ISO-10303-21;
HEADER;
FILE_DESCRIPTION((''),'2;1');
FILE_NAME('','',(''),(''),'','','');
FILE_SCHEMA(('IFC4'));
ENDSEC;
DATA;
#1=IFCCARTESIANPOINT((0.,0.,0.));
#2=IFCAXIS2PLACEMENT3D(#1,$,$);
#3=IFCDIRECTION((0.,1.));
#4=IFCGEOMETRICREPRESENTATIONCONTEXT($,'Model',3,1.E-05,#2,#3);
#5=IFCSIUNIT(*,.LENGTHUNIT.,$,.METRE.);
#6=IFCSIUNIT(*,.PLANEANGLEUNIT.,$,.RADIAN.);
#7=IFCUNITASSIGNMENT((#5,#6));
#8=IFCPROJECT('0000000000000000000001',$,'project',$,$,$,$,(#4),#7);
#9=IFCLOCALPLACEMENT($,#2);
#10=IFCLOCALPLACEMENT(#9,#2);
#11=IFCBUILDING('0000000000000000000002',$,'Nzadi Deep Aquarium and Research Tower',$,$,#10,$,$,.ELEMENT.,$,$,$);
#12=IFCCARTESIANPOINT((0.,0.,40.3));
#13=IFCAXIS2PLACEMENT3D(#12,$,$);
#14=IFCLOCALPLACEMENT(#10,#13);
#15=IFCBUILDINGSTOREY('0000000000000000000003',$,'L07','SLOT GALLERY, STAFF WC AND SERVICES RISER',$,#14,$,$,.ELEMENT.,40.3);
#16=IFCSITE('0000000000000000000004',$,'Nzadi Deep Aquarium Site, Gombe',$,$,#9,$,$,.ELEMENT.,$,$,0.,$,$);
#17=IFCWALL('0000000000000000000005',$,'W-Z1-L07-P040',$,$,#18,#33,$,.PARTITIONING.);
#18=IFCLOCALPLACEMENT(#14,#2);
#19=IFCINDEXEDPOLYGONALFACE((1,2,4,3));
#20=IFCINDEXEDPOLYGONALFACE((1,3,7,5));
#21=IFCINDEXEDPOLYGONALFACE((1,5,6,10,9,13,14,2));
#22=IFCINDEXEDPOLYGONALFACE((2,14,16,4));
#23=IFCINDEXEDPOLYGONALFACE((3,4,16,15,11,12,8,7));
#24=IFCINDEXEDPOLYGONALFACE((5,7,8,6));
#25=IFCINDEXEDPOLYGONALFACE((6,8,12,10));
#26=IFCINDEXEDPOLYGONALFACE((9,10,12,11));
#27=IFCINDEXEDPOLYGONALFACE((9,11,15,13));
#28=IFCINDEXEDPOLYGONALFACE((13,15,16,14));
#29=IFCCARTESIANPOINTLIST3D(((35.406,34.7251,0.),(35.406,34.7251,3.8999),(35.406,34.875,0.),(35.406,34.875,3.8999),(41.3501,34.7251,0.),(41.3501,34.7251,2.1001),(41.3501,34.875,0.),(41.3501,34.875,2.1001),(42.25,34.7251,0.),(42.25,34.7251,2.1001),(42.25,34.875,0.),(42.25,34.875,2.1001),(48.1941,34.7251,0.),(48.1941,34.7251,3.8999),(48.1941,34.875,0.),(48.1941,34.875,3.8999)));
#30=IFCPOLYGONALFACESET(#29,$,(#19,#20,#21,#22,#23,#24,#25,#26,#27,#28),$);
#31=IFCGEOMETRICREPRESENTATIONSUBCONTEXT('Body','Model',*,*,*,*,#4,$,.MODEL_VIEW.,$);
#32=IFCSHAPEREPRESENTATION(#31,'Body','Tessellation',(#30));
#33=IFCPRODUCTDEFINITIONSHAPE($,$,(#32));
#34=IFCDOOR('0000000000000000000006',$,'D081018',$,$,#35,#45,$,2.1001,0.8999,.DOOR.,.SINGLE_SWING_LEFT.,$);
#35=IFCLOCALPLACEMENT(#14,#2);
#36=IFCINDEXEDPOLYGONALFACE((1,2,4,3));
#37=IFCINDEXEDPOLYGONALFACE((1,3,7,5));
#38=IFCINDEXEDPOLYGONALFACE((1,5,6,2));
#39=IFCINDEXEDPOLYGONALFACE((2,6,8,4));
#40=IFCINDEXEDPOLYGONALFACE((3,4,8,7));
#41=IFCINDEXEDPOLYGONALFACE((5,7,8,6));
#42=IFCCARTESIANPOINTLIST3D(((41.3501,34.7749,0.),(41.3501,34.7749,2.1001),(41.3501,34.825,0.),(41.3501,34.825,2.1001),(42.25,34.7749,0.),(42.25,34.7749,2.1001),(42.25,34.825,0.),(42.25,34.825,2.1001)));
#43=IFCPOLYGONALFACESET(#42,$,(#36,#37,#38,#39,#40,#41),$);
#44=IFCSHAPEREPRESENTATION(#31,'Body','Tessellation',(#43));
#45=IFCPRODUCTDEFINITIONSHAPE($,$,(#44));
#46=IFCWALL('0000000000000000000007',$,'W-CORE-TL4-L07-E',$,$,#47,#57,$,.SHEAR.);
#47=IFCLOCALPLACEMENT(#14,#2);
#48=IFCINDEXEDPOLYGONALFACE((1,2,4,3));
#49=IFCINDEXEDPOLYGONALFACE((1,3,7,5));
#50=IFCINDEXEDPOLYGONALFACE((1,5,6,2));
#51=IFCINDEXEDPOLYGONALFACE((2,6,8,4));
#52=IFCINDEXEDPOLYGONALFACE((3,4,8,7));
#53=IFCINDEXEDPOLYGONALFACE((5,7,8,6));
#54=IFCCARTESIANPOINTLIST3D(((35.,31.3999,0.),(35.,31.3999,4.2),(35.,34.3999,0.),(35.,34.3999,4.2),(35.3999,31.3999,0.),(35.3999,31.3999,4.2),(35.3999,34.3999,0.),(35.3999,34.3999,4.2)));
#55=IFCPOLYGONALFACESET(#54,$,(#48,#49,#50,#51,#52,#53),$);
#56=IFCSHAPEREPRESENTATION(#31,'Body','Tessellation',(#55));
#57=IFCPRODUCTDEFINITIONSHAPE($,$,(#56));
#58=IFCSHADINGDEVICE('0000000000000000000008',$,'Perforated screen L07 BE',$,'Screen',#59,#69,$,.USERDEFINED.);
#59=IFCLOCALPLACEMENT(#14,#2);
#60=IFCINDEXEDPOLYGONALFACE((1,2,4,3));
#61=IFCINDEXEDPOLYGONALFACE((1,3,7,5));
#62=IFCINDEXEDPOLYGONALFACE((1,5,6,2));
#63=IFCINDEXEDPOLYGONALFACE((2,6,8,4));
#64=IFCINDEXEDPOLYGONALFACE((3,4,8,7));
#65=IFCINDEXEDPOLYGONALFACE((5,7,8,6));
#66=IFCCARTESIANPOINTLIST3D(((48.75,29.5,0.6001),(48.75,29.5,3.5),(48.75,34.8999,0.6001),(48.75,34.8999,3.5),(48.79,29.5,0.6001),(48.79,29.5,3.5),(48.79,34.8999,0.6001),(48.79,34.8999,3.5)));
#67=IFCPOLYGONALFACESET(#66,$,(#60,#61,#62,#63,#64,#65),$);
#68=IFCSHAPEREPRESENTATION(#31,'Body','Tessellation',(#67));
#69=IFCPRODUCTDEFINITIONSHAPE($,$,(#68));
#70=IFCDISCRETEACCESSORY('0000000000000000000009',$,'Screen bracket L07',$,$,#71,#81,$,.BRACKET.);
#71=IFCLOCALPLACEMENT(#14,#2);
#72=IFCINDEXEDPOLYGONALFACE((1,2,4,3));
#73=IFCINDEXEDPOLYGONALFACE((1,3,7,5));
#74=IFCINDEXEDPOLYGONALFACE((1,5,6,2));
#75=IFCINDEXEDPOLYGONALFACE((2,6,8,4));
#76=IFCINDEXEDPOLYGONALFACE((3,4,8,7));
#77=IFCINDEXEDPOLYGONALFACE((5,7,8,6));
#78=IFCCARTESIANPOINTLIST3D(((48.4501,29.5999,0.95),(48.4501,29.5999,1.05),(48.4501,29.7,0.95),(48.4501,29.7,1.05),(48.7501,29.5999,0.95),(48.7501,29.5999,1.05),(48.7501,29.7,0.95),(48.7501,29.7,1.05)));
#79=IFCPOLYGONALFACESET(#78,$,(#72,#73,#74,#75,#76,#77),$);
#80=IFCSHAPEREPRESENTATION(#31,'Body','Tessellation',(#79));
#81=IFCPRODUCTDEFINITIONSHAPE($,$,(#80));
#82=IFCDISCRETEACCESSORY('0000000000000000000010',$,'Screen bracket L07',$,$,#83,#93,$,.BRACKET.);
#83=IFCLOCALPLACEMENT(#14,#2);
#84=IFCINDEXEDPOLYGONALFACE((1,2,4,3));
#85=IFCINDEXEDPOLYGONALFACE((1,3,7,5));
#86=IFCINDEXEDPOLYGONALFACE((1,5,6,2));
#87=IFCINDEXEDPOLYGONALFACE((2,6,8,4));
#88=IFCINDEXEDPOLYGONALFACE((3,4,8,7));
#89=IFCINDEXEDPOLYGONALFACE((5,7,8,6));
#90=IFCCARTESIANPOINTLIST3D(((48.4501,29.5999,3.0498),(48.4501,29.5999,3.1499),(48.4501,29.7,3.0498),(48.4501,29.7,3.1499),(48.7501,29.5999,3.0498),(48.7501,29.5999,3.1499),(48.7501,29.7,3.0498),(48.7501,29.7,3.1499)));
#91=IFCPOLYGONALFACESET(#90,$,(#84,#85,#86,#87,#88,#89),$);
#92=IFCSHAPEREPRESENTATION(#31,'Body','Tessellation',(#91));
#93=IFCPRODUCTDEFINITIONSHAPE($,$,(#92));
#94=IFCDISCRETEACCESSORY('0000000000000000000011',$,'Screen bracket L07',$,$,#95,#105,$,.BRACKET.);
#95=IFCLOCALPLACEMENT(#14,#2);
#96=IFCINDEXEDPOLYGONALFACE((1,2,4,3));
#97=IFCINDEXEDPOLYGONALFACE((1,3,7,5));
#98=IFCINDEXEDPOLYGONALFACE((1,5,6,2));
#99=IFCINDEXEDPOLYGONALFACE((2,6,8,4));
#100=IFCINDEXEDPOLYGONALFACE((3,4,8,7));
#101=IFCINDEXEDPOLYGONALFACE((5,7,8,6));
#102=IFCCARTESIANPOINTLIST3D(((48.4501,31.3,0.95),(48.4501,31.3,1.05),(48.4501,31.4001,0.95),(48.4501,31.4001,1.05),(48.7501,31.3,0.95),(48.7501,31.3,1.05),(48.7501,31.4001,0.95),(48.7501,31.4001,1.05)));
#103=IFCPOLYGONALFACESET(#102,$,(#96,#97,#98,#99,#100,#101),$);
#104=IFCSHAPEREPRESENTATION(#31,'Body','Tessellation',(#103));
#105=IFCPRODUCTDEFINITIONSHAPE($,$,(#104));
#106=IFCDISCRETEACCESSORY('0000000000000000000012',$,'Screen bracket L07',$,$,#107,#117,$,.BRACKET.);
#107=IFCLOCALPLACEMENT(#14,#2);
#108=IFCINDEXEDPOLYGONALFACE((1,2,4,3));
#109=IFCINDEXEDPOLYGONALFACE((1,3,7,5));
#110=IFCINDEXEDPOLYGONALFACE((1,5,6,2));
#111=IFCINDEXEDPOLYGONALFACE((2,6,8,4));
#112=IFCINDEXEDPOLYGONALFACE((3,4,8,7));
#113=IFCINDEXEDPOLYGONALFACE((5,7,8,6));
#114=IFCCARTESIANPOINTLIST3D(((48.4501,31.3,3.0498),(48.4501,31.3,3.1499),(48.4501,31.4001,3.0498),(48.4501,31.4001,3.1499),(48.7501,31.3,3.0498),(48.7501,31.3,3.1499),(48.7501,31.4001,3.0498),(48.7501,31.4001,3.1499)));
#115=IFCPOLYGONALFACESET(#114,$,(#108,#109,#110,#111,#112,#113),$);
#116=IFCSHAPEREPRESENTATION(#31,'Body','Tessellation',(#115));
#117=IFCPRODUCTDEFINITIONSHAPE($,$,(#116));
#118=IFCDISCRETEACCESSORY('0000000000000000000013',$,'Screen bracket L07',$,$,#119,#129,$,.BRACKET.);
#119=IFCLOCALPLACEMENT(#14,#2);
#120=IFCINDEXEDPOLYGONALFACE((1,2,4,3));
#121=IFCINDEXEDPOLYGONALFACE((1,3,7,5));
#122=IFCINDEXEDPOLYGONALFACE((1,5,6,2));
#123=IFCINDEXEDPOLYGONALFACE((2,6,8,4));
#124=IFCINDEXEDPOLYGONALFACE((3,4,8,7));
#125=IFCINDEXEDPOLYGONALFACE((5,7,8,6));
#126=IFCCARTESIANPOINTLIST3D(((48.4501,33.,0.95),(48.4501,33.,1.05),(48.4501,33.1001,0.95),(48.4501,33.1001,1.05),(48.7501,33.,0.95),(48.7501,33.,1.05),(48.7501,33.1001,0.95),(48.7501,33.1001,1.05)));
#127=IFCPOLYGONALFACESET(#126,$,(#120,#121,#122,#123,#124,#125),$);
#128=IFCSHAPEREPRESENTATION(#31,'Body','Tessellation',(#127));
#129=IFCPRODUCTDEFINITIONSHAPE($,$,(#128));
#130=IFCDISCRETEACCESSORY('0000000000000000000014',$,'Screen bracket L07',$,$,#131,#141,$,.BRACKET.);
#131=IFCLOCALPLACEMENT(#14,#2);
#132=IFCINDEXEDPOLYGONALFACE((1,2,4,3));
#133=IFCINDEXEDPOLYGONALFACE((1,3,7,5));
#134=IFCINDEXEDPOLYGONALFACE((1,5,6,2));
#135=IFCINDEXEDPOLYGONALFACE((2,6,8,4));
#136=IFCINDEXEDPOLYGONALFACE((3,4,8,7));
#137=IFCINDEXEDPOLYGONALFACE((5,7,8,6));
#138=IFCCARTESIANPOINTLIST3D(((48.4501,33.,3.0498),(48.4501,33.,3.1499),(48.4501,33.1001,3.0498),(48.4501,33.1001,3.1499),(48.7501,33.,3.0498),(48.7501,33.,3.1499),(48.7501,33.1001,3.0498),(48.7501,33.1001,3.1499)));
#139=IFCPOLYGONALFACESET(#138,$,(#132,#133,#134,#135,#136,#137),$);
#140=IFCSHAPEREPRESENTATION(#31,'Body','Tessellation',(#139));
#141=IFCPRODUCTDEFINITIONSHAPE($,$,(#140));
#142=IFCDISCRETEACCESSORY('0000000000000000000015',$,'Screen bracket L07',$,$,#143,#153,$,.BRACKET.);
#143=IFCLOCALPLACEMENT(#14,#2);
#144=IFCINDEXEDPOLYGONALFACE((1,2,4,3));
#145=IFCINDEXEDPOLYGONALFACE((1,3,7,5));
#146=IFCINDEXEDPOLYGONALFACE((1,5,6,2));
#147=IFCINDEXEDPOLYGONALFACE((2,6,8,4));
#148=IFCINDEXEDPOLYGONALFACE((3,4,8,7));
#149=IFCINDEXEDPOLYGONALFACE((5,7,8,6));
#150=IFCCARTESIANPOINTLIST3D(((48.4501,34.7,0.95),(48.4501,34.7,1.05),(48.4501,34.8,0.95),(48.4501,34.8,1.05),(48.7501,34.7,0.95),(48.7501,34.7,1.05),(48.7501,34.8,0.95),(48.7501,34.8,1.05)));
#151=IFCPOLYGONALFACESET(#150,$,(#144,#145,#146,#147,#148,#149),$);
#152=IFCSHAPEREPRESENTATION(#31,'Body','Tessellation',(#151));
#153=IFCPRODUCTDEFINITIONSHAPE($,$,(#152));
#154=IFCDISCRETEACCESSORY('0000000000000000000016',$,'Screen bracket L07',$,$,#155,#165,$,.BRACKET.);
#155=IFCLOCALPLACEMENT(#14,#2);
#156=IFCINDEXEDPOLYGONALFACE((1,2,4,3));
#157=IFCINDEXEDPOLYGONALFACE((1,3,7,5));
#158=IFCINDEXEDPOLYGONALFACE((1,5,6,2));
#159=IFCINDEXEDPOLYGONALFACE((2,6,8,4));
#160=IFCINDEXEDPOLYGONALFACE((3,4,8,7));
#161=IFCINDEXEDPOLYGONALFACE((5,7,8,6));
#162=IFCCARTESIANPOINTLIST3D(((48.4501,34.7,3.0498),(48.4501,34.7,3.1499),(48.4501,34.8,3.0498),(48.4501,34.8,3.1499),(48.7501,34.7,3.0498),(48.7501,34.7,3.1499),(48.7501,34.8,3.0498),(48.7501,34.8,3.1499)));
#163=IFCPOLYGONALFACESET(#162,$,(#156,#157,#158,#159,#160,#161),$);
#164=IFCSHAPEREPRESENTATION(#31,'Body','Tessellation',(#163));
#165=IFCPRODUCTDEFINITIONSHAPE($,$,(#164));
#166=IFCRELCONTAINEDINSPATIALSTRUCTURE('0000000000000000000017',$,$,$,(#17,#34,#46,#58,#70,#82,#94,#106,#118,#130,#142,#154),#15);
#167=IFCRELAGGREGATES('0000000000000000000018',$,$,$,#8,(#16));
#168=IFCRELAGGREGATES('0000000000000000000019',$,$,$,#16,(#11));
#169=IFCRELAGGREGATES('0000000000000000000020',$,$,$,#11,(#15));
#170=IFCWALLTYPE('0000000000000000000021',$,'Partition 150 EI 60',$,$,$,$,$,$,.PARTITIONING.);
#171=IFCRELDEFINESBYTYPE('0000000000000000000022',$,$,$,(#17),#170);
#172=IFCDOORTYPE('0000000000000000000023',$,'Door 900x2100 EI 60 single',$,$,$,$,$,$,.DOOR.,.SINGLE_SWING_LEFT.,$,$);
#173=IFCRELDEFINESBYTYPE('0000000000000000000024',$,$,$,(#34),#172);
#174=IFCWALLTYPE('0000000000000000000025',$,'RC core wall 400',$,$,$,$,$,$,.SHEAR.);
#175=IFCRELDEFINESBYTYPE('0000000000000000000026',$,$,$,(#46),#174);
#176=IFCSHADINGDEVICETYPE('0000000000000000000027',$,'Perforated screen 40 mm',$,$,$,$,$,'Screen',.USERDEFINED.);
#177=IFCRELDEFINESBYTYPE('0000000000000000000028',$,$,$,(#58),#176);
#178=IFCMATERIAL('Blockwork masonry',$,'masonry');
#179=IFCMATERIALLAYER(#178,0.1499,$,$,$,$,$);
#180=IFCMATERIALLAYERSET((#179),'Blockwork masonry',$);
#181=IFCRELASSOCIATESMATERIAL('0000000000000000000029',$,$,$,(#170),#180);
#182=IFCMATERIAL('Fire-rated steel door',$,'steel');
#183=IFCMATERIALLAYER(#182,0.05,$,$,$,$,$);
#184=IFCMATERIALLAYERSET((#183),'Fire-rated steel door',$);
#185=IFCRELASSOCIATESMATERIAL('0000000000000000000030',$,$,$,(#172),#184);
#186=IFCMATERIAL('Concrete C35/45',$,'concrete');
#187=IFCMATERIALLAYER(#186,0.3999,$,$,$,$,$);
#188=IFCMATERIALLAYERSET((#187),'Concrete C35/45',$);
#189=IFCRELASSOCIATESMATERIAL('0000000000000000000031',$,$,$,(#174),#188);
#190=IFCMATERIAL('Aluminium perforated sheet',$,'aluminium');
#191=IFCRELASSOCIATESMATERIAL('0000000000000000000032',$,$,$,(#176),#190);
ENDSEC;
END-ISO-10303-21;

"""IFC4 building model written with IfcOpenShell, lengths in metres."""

from ifc_helpers import new_model, si_unit, direction, frame, frame_2d, origin, origin_2d, place, context, subcontext, project, spatial, rectangle, extrude, material, layer, layer_set, type_object, element, fill, save


model = new_model("IFC4")

# Units and contexts
model_context = context("Model", 3, precision=1e-05, world=origin(), true_north=direction((0.0, 1.0)))
body_context = subcontext(model_context, "Body", "Model", "MODEL_VIEW")
ifc_project = project(units=[si_unit("LENGTHUNIT", "METRE"), si_unit("PLANEANGLEUNIT", "RADIAN")], contexts=[model_context])

# Site, building, storey
site_placement = place(None, origin())
site = spatial("IfcSite", under=ifc_project, at=site_placement, Name="Nzadi Deep Aquarium Site, Gombe", CompositionType="ELEMENT", RefElevation=0.0)
building_placement = place(site_placement, origin())
building = spatial("IfcBuilding", under=site, at=building_placement, Name="Nzadi Deep Aquarium and Research Tower", CompositionType="ELEMENT")
storey_placement = place(building_placement, frame((0.0, 0.0, 40.3)))
storey = spatial("IfcBuildingStorey", under=building, at=storey_placement, Name="L07", Description="SLOT GALLERY, STAFF WC AND SERVICES RISER", CompositionType="ELEMENT", Elevation=40.3)

# Shared definitions
ifc_material_1 = material(Name="Blockwork masonry", Category="masonry")
ifc_layer_1 = layer(ifc_material_1, 0.1499)
ifc_layer_set_1 = layer_set([ifc_layer_1], Name="Blockwork masonry")
wall_type_1 = type_object("IfcWallType", Name="Partition 150 EI 60", PredefinedType="PARTITIONING", material=ifc_layer_set_1)

# Wall, opening, door
wall_1_placement = place(storey_placement, frame((35.406, 34.8, 0.0), z_axis=(0.0, 0.0, 1.0), x_axis=(1.0, 0.0, 0.0)))
wall_1 = element("IfcWall", 1, at=wall_1_placement, inside=storey, type_object=wall_type_1, Name="W-Z1-L07-P040", PredefinedType="PARTITIONING", context=body_context, shape_type="SweptSolid", body=[
    extrude(rectangle(XDim=12.7881, YDim=0.1499, at=frame_2d((6.394, 0.0))), origin(), (0.0, 0.0, 1.0), 3.8999),
])
opening_1_placement = place(wall_1_placement, frame((5.9441, 0.0, 0.0)))
opening_1 = element("IfcOpeningElement", 2, at=opening_1_placement, cuts=wall_1, PredefinedType="OPENING", context=body_context, shape_type="SweptSolid", body=[
    extrude(rectangle(XDim=0.8999, YDim=2.1001, at=frame_2d((0.45, 1.05))), frame((0.0, 0.085, 0.0), z_axis=(0.0, -1.0, 0.0), x_axis=(1.0, 0.0, 0.0)), (0.0, 0.0, 1.0), 0.1699),
])
ifc_material_2 = material(Name="Fire-rated steel door", Category="steel")
ifc_layer_2 = layer(ifc_material_2, 0.05)
ifc_layer_set_2 = layer_set([ifc_layer_2], Name="Fire-rated steel door")
door_type = type_object("IfcDoorType", Name="Door 900x2100 EI 60 single", OperationType="SINGLE_SWING_LEFT", PredefinedType="DOOR", material=ifc_layer_set_2)
door_placement = place(opening_1_placement, origin())
door = element("IfcDoor", 3, at=door_placement, inside=storey, type_object=door_type, Name="D081018", OperationType="SINGLE_SWING_LEFT", OverallHeight=2.1001, OverallWidth=0.8999, PredefinedType="DOOR", context=body_context, shape_type="SweptSolid", body=[
    extrude(rectangle(XDim=0.8999, YDim=2.1001, at=frame_2d((0.45, 1.05))), frame((0.0, 0.0249, 0.0), z_axis=(0.0, -1.0, 0.0), x_axis=(1.0, 0.0, 0.0)), (0.0, 0.0, 1.0), 0.05),
])
fill(opening_1, door)

# Wall
ifc_material_3 = material(Name="Concrete C35/45", Category="concrete")
ifc_layer_3 = layer(ifc_material_3, 0.3999)
ifc_layer_set_3 = layer_set([ifc_layer_3], Name="Concrete C35/45")
wall_type_2 = type_object("IfcWallType", Name="RC core wall 400", PredefinedType="SHEAR", material=ifc_layer_set_3)
wall_2_placement = place(storey_placement, frame((35.2, 31.3999, 0.0), z_axis=(0.0, 0.0, 1.0), x_axis=(0.0, 1.0, 0.0)))
element("IfcWall", 4, at=wall_2_placement, inside=storey, type_object=wall_type_2, Name="W-CORE-TL4-L07-E", PredefinedType="SHEAR", context=body_context, shape_type="SweptSolid", body=[
    extrude(rectangle(XDim=3.0, YDim=0.3999, at=frame_2d((1.5, 0.0))), origin(), (0.0, 0.0, 1.0), 4.2),
])

# Shading device
ifc_material_4 = material(Name="Aluminium perforated sheet", Category="aluminium")
shading_device_type = type_object("IfcShadingDeviceType", Name="Perforated screen 40 mm", ElementType="Screen", PredefinedType="USERDEFINED", material=ifc_material_4)
shading_device_placement = place(storey_placement, frame((48.77, 32.2, 0.6001), z_axis=(0.0, 0.0, 1.0), x_axis=(1.0, 0.0, 0.0)))
element("IfcShadingDevice", 5, at=shading_device_placement, inside=storey, type_object=shading_device_type, Name="Perforated screen L07 BE", ObjectType="Screen", PredefinedType="USERDEFINED", context=body_context, shape_type="SweptSolid", body=[
    extrude(rectangle(XDim=0.04, YDim=5.3999, at=origin_2d()), origin(), (0.0, 0.0, 1.0), 2.8999),
])

# Discrete accessories
for number, where, z_axis, x_axis, name in (
    (6, (48.6001, 29.6499, 0.95), (0.0, 0.0, 1.0), (1.0, 0.0, 0.0), "Screen bracket L07"),
    (7, (48.6001, 29.6499, 3.0498), (0.0, 0.0, 1.0), (1.0, 0.0, 0.0), "Screen bracket L07"),
    (8, (48.6001, 31.3501, 0.95), (0.0, 0.0, 1.0), (1.0, 0.0, 0.0), "Screen bracket L07"),
    (9, (48.6001, 31.3501, 3.0498), (0.0, 0.0, 1.0), (1.0, 0.0, 0.0), "Screen bracket L07"),
    (10, (48.6001, 33.05, 0.95), (0.0, 0.0, 1.0), (1.0, 0.0, 0.0), "Screen bracket L07"),
    (11, (48.6001, 33.05, 3.0498), (0.0, 0.0, 1.0), (1.0, 0.0, 0.0), "Screen bracket L07"),
    (12, (48.6001, 34.75, 0.95), (0.0, 0.0, 1.0), (1.0, 0.0, 0.0), "Screen bracket L07"),
    (13, (48.6001, 34.75, 3.0498), (0.0, 0.0, 1.0), (1.0, 0.0, 0.0), "Screen bracket L07"),
):
    element("IfcDiscreteAccessory", number, at=place(storey_placement, frame(where, z_axis=z_axis, x_axis=x_axis)), inside=storey, Name=name, PredefinedType="BRACKET", context=body_context, shape_type="SweptSolid", body=[
        extrude(rectangle(XDim=0.3, YDim=0.1001, at=origin_2d()), origin(), (0.0, 0.0, 1.0), 0.1001),
    ])

save(model, "model.ifc")
